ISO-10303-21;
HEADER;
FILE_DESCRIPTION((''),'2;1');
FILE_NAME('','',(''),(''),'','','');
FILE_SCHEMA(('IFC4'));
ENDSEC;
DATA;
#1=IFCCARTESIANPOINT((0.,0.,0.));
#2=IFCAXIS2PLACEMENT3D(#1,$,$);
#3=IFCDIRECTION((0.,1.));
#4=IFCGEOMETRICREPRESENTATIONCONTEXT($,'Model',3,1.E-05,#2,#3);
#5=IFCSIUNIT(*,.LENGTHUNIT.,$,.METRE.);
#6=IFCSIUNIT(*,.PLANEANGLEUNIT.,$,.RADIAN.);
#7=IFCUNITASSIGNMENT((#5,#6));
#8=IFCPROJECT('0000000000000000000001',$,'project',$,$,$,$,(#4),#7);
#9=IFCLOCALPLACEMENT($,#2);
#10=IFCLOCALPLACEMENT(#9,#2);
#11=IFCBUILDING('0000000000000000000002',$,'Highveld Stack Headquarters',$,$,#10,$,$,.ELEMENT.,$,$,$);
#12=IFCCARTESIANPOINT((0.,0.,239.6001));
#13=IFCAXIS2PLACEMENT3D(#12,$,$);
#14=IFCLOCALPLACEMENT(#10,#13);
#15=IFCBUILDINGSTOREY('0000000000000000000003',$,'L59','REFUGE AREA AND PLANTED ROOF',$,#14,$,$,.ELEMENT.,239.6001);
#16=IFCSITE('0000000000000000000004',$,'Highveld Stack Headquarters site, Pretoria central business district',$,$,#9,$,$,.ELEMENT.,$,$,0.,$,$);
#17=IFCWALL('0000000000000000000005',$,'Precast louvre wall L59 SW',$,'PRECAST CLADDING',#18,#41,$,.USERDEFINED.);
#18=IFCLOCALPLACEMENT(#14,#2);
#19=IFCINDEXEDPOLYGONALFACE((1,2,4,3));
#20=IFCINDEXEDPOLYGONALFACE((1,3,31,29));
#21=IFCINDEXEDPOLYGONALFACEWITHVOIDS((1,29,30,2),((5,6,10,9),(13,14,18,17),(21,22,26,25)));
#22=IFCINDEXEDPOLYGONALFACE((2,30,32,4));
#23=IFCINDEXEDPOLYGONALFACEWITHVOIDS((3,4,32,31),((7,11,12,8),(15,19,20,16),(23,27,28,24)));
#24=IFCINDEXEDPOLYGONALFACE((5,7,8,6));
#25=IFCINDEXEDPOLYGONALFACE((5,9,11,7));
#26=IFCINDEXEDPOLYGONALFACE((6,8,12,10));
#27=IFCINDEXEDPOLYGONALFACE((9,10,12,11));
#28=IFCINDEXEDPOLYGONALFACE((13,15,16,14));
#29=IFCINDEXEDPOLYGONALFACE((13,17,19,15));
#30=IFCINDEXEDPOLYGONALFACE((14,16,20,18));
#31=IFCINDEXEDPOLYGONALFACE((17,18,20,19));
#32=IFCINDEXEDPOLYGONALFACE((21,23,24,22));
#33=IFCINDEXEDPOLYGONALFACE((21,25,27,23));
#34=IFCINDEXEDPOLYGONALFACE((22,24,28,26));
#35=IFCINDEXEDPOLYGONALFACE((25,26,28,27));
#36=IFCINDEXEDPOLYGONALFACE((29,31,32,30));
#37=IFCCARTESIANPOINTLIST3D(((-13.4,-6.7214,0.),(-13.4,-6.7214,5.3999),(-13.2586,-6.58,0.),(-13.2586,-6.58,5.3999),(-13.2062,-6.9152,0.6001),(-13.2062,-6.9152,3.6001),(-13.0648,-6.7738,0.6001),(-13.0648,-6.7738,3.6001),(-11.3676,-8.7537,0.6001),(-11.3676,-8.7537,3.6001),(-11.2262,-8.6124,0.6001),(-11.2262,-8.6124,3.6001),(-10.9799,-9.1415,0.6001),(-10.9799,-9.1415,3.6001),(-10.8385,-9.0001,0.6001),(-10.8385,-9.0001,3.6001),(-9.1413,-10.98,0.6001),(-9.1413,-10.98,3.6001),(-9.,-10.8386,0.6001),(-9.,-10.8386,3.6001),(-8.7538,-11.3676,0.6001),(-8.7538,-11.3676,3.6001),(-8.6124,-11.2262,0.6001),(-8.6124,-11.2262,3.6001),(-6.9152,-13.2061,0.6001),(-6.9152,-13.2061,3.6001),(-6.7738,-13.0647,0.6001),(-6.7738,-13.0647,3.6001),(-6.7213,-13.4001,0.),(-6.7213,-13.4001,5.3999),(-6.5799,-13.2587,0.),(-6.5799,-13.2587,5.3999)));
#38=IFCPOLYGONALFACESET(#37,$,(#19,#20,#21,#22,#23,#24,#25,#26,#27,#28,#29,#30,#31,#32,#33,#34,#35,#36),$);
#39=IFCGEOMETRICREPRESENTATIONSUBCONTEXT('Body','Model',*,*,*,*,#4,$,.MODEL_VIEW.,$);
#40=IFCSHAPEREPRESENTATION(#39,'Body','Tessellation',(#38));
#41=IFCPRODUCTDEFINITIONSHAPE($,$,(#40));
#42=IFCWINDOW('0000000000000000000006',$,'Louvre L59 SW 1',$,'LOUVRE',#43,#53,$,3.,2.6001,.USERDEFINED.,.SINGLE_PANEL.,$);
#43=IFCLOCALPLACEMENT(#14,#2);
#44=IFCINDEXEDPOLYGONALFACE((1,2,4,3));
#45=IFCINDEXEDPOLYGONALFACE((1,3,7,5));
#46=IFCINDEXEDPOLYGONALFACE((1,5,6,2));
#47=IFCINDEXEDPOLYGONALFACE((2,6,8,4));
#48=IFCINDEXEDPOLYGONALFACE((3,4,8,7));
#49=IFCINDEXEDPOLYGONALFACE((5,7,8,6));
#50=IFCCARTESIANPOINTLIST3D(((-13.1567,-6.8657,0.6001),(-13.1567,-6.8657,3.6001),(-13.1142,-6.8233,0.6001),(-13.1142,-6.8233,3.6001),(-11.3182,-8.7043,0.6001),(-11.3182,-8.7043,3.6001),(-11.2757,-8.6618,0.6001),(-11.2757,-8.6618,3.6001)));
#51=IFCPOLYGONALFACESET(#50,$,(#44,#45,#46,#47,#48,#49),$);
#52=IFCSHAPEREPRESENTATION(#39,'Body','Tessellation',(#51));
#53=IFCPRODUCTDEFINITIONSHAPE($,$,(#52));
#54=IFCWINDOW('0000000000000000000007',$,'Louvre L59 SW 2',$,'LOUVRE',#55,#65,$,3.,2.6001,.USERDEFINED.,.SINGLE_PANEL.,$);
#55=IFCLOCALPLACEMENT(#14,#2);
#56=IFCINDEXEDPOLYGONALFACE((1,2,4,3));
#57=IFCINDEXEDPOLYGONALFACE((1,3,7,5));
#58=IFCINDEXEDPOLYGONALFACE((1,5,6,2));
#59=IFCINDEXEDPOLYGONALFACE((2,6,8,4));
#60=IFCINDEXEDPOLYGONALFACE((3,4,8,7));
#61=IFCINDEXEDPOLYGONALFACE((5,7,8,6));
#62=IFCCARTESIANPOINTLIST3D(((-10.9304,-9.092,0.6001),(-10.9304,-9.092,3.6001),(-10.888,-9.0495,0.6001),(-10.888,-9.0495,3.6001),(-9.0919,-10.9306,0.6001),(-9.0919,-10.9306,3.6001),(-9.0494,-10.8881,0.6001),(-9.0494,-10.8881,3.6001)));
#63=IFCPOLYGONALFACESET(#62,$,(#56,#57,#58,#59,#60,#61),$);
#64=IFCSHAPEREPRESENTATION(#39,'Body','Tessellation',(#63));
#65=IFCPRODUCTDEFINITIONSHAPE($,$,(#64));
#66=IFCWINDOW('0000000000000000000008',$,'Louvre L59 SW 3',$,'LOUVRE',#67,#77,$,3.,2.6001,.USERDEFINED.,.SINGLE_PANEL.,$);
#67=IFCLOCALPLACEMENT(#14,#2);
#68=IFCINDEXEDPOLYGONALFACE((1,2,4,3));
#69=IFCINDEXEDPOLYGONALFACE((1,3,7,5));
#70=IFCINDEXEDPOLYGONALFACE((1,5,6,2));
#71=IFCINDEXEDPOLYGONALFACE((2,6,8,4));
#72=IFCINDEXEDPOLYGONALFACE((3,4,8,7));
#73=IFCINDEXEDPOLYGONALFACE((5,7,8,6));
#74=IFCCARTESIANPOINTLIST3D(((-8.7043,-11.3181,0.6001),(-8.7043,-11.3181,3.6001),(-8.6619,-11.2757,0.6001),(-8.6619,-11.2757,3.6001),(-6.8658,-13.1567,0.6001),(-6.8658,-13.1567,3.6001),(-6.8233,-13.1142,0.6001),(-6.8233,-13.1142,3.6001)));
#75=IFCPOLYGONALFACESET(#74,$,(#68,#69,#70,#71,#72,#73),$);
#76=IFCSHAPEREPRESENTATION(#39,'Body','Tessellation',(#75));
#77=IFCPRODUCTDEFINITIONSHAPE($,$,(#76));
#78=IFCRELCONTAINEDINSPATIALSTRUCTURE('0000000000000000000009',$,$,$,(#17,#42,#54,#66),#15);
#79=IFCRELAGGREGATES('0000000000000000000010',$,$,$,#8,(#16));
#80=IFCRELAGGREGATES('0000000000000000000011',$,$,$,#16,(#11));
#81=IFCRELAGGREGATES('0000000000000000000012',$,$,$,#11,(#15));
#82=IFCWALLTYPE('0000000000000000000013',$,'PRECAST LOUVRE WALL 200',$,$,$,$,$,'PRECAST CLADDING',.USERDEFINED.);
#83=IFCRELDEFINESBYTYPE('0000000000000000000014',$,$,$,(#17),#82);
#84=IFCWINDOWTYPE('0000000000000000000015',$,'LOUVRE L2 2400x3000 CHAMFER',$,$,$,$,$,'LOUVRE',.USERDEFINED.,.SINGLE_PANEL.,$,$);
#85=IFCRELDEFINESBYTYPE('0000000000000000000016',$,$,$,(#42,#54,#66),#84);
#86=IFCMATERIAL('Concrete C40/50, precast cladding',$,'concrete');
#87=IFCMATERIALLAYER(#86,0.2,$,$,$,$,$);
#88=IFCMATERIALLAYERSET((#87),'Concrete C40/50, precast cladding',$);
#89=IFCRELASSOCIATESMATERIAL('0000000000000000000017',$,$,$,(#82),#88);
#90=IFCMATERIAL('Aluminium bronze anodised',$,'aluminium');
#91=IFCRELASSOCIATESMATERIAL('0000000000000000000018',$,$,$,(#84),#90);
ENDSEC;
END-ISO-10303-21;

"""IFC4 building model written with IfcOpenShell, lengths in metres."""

from ifc_helpers import new_model, si_unit, direction, frame, frame_2d, origin, place, context, subcontext, project, spatial, rectangle, extrude, material, layer, layer_set, type_object, element, fill, save


model = new_model("IFC4")

# Units and contexts
model_context = context("Model", 3, precision=1e-05, world=origin(), true_north=direction((0.0, 1.0)))
body_context = subcontext(model_context, "Body", "Model", "MODEL_VIEW")
ifc_project = project(units=[si_unit("LENGTHUNIT", "METRE"), si_unit("PLANEANGLEUNIT", "RADIAN")], contexts=[model_context])

# Site, building, storey
site_placement = place(None, origin())
site = spatial("IfcSite", under=ifc_project, at=site_placement, Name="Highveld Stack Headquarters site, Pretoria central business district", CompositionType="ELEMENT", RefElevation=0.0)
building_placement = place(site_placement, origin())
building = spatial("IfcBuilding", under=site, at=building_placement, Name="Highveld Stack Headquarters", CompositionType="ELEMENT")
storey_placement = place(building_placement, frame((0.0, 0.0, 239.6001)))
storey = spatial("IfcBuildingStorey", under=building, at=storey_placement, Name="L59", Description="REFUGE AREA AND PLANTED ROOF", CompositionType="ELEMENT", Elevation=239.6001)

# Wall, openings, windows
ifc_material_1 = material(Name="Concrete C40/50, precast cladding", Category="concrete")
ifc_layer = layer(ifc_material_1, 0.2)
ifc_layer_set = layer_set([ifc_layer], Name="Concrete C40/50, precast cladding")
wall_type = type_object("IfcWallType", Name="PRECAST LOUVRE WALL 200", ElementType="PRECAST CLADDING", PredefinedType="USERDEFINED", material=ifc_layer_set)
wall_placement = place(storey_placement, frame((-13.3293, -6.6506, 0.0), z_axis=(0.0, 0.0, 1.0), x_axis=(0.707107, -0.707107, 0.0)))
wall = element("IfcWall", 1, at=wall_placement, inside=storey, type_object=wall_type, Name="Precast louvre wall L59 SW", ObjectType="PRECAST CLADDING", PredefinedType="USERDEFINED", context=body_context, shape_type="SweptSolid", body=[
    extrude(rectangle(XDim=9.4451, YDim=0.2, at=frame_2d((4.7227, 0.0))), origin(), (0.0, 0.0, 1.0), 5.3999),
])
opening_1_placement = place(wall_placement, frame((0.2742, 0.0, 0.6001)))
opening_1 = element("IfcOpeningElement", 2, at=opening_1_placement, cuts=wall, PredefinedType="OPENING", context=body_context, shape_type="SweptSolid", body=[
    extrude(rectangle(XDim=2.6001, YDim=3.0, at=frame_2d((1.3, 1.5))), frame((0.0, 0.1099, 0.0), z_axis=(0.0, -1.0, 0.0), x_axis=(1.0, 0.0, 0.0)), (0.0, 0.0, 1.0), 0.22),
])
opening_2_placement = place(wall_placement, frame((3.4226, 0.0, 0.6001)))
opening_2 = element("IfcOpeningElement", 3, at=opening_2_placement, cuts=wall, PredefinedType="OPENING", context=body_context, shape_type="SweptSolid", body=[
    extrude(rectangle(XDim=2.6001, YDim=3.0, at=frame_2d((1.3, 1.5))), frame((0.0, 0.1099, 0.0), z_axis=(0.0, -1.0, 0.0), x_axis=(1.0, 0.0, 0.0)), (0.0, 0.0, 1.0), 0.22),
])
opening_3_placement = place(wall_placement, frame((6.5708, 0.0, 0.6001)))
opening_3 = element("IfcOpeningElement", 4, at=opening_3_placement, cuts=wall, PredefinedType="OPENING", context=body_context, shape_type="SweptSolid", body=[
    extrude(rectangle(XDim=2.6001, YDim=3.0, at=frame_2d((1.3, 1.5))), frame((0.0, 0.1099, 0.0), z_axis=(0.0, -1.0, 0.0), x_axis=(1.0, 0.0, 0.0)), (0.0, 0.0, 1.0), 0.22),
])
ifc_material_2 = material(Name="Aluminium bronze anodised", Category="aluminium")
window_type = type_object("IfcWindowType", Name="LOUVRE L2 2400x3000 CHAMFER", ElementType="LOUVRE", PartitioningType="SINGLE_PANEL", PredefinedType="USERDEFINED", material=ifc_material_2)
window_1_placement = place(opening_1_placement, origin())
window_1 = element("IfcWindow", 5, at=window_1_placement, inside=storey, type_object=window_type, Name="Louvre L59 SW 1", ObjectType="LOUVRE", OverallHeight=3.0, OverallWidth=2.6001, PartitioningType="SINGLE_PANEL", PredefinedType="USERDEFINED", context=body_context, shape_type="SweptSolid", body=[
    extrude(rectangle(XDim=2.6001, YDim=3.0, at=frame_2d((1.3, 1.5))), frame((0.0, 0.03, 0.0), z_axis=(0.0, -1.0, 0.0), x_axis=(1.0, 0.0, 0.0)), (0.0, 0.0, 1.0), 0.0601),
])
fill(opening_1, window_1)
window_2_placement = place(opening_2_placement, origin())
window_2 = element("IfcWindow", 6, at=window_2_placement, inside=storey, type_object=window_type, Name="Louvre L59 SW 2", ObjectType="LOUVRE", OverallHeight=3.0, OverallWidth=2.6001, PartitioningType="SINGLE_PANEL", PredefinedType="USERDEFINED", context=body_context, shape_type="SweptSolid", body=[
    extrude(rectangle(XDim=2.6001, YDim=3.0, at=frame_2d((1.3, 1.5))), frame((0.0, 0.03, 0.0), z_axis=(0.0, -1.0, 0.0), x_axis=(1.0, 0.0, 0.0)), (0.0, 0.0, 1.0), 0.0601),
])
fill(opening_2, window_2)
window_3_placement = place(opening_3_placement, origin())
window_3 = element("IfcWindow", 7, at=window_3_placement, inside=storey, type_object=window_type, Name="Louvre L59 SW 3", ObjectType="LOUVRE", OverallHeight=3.0, OverallWidth=2.6001, PartitioningType="SINGLE_PANEL", PredefinedType="USERDEFINED", context=body_context, shape_type="SweptSolid", body=[
    extrude(rectangle(XDim=2.6001, YDim=3.0, at=frame_2d((1.3, 1.5))), frame((0.0, 0.03, 0.0), z_axis=(0.0, -1.0, 0.0), x_axis=(1.0, 0.0, 0.0)), (0.0, 0.0, 1.0), 0.0601),
])
fill(opening_3, window_3)

save(model, "model.ifc")
